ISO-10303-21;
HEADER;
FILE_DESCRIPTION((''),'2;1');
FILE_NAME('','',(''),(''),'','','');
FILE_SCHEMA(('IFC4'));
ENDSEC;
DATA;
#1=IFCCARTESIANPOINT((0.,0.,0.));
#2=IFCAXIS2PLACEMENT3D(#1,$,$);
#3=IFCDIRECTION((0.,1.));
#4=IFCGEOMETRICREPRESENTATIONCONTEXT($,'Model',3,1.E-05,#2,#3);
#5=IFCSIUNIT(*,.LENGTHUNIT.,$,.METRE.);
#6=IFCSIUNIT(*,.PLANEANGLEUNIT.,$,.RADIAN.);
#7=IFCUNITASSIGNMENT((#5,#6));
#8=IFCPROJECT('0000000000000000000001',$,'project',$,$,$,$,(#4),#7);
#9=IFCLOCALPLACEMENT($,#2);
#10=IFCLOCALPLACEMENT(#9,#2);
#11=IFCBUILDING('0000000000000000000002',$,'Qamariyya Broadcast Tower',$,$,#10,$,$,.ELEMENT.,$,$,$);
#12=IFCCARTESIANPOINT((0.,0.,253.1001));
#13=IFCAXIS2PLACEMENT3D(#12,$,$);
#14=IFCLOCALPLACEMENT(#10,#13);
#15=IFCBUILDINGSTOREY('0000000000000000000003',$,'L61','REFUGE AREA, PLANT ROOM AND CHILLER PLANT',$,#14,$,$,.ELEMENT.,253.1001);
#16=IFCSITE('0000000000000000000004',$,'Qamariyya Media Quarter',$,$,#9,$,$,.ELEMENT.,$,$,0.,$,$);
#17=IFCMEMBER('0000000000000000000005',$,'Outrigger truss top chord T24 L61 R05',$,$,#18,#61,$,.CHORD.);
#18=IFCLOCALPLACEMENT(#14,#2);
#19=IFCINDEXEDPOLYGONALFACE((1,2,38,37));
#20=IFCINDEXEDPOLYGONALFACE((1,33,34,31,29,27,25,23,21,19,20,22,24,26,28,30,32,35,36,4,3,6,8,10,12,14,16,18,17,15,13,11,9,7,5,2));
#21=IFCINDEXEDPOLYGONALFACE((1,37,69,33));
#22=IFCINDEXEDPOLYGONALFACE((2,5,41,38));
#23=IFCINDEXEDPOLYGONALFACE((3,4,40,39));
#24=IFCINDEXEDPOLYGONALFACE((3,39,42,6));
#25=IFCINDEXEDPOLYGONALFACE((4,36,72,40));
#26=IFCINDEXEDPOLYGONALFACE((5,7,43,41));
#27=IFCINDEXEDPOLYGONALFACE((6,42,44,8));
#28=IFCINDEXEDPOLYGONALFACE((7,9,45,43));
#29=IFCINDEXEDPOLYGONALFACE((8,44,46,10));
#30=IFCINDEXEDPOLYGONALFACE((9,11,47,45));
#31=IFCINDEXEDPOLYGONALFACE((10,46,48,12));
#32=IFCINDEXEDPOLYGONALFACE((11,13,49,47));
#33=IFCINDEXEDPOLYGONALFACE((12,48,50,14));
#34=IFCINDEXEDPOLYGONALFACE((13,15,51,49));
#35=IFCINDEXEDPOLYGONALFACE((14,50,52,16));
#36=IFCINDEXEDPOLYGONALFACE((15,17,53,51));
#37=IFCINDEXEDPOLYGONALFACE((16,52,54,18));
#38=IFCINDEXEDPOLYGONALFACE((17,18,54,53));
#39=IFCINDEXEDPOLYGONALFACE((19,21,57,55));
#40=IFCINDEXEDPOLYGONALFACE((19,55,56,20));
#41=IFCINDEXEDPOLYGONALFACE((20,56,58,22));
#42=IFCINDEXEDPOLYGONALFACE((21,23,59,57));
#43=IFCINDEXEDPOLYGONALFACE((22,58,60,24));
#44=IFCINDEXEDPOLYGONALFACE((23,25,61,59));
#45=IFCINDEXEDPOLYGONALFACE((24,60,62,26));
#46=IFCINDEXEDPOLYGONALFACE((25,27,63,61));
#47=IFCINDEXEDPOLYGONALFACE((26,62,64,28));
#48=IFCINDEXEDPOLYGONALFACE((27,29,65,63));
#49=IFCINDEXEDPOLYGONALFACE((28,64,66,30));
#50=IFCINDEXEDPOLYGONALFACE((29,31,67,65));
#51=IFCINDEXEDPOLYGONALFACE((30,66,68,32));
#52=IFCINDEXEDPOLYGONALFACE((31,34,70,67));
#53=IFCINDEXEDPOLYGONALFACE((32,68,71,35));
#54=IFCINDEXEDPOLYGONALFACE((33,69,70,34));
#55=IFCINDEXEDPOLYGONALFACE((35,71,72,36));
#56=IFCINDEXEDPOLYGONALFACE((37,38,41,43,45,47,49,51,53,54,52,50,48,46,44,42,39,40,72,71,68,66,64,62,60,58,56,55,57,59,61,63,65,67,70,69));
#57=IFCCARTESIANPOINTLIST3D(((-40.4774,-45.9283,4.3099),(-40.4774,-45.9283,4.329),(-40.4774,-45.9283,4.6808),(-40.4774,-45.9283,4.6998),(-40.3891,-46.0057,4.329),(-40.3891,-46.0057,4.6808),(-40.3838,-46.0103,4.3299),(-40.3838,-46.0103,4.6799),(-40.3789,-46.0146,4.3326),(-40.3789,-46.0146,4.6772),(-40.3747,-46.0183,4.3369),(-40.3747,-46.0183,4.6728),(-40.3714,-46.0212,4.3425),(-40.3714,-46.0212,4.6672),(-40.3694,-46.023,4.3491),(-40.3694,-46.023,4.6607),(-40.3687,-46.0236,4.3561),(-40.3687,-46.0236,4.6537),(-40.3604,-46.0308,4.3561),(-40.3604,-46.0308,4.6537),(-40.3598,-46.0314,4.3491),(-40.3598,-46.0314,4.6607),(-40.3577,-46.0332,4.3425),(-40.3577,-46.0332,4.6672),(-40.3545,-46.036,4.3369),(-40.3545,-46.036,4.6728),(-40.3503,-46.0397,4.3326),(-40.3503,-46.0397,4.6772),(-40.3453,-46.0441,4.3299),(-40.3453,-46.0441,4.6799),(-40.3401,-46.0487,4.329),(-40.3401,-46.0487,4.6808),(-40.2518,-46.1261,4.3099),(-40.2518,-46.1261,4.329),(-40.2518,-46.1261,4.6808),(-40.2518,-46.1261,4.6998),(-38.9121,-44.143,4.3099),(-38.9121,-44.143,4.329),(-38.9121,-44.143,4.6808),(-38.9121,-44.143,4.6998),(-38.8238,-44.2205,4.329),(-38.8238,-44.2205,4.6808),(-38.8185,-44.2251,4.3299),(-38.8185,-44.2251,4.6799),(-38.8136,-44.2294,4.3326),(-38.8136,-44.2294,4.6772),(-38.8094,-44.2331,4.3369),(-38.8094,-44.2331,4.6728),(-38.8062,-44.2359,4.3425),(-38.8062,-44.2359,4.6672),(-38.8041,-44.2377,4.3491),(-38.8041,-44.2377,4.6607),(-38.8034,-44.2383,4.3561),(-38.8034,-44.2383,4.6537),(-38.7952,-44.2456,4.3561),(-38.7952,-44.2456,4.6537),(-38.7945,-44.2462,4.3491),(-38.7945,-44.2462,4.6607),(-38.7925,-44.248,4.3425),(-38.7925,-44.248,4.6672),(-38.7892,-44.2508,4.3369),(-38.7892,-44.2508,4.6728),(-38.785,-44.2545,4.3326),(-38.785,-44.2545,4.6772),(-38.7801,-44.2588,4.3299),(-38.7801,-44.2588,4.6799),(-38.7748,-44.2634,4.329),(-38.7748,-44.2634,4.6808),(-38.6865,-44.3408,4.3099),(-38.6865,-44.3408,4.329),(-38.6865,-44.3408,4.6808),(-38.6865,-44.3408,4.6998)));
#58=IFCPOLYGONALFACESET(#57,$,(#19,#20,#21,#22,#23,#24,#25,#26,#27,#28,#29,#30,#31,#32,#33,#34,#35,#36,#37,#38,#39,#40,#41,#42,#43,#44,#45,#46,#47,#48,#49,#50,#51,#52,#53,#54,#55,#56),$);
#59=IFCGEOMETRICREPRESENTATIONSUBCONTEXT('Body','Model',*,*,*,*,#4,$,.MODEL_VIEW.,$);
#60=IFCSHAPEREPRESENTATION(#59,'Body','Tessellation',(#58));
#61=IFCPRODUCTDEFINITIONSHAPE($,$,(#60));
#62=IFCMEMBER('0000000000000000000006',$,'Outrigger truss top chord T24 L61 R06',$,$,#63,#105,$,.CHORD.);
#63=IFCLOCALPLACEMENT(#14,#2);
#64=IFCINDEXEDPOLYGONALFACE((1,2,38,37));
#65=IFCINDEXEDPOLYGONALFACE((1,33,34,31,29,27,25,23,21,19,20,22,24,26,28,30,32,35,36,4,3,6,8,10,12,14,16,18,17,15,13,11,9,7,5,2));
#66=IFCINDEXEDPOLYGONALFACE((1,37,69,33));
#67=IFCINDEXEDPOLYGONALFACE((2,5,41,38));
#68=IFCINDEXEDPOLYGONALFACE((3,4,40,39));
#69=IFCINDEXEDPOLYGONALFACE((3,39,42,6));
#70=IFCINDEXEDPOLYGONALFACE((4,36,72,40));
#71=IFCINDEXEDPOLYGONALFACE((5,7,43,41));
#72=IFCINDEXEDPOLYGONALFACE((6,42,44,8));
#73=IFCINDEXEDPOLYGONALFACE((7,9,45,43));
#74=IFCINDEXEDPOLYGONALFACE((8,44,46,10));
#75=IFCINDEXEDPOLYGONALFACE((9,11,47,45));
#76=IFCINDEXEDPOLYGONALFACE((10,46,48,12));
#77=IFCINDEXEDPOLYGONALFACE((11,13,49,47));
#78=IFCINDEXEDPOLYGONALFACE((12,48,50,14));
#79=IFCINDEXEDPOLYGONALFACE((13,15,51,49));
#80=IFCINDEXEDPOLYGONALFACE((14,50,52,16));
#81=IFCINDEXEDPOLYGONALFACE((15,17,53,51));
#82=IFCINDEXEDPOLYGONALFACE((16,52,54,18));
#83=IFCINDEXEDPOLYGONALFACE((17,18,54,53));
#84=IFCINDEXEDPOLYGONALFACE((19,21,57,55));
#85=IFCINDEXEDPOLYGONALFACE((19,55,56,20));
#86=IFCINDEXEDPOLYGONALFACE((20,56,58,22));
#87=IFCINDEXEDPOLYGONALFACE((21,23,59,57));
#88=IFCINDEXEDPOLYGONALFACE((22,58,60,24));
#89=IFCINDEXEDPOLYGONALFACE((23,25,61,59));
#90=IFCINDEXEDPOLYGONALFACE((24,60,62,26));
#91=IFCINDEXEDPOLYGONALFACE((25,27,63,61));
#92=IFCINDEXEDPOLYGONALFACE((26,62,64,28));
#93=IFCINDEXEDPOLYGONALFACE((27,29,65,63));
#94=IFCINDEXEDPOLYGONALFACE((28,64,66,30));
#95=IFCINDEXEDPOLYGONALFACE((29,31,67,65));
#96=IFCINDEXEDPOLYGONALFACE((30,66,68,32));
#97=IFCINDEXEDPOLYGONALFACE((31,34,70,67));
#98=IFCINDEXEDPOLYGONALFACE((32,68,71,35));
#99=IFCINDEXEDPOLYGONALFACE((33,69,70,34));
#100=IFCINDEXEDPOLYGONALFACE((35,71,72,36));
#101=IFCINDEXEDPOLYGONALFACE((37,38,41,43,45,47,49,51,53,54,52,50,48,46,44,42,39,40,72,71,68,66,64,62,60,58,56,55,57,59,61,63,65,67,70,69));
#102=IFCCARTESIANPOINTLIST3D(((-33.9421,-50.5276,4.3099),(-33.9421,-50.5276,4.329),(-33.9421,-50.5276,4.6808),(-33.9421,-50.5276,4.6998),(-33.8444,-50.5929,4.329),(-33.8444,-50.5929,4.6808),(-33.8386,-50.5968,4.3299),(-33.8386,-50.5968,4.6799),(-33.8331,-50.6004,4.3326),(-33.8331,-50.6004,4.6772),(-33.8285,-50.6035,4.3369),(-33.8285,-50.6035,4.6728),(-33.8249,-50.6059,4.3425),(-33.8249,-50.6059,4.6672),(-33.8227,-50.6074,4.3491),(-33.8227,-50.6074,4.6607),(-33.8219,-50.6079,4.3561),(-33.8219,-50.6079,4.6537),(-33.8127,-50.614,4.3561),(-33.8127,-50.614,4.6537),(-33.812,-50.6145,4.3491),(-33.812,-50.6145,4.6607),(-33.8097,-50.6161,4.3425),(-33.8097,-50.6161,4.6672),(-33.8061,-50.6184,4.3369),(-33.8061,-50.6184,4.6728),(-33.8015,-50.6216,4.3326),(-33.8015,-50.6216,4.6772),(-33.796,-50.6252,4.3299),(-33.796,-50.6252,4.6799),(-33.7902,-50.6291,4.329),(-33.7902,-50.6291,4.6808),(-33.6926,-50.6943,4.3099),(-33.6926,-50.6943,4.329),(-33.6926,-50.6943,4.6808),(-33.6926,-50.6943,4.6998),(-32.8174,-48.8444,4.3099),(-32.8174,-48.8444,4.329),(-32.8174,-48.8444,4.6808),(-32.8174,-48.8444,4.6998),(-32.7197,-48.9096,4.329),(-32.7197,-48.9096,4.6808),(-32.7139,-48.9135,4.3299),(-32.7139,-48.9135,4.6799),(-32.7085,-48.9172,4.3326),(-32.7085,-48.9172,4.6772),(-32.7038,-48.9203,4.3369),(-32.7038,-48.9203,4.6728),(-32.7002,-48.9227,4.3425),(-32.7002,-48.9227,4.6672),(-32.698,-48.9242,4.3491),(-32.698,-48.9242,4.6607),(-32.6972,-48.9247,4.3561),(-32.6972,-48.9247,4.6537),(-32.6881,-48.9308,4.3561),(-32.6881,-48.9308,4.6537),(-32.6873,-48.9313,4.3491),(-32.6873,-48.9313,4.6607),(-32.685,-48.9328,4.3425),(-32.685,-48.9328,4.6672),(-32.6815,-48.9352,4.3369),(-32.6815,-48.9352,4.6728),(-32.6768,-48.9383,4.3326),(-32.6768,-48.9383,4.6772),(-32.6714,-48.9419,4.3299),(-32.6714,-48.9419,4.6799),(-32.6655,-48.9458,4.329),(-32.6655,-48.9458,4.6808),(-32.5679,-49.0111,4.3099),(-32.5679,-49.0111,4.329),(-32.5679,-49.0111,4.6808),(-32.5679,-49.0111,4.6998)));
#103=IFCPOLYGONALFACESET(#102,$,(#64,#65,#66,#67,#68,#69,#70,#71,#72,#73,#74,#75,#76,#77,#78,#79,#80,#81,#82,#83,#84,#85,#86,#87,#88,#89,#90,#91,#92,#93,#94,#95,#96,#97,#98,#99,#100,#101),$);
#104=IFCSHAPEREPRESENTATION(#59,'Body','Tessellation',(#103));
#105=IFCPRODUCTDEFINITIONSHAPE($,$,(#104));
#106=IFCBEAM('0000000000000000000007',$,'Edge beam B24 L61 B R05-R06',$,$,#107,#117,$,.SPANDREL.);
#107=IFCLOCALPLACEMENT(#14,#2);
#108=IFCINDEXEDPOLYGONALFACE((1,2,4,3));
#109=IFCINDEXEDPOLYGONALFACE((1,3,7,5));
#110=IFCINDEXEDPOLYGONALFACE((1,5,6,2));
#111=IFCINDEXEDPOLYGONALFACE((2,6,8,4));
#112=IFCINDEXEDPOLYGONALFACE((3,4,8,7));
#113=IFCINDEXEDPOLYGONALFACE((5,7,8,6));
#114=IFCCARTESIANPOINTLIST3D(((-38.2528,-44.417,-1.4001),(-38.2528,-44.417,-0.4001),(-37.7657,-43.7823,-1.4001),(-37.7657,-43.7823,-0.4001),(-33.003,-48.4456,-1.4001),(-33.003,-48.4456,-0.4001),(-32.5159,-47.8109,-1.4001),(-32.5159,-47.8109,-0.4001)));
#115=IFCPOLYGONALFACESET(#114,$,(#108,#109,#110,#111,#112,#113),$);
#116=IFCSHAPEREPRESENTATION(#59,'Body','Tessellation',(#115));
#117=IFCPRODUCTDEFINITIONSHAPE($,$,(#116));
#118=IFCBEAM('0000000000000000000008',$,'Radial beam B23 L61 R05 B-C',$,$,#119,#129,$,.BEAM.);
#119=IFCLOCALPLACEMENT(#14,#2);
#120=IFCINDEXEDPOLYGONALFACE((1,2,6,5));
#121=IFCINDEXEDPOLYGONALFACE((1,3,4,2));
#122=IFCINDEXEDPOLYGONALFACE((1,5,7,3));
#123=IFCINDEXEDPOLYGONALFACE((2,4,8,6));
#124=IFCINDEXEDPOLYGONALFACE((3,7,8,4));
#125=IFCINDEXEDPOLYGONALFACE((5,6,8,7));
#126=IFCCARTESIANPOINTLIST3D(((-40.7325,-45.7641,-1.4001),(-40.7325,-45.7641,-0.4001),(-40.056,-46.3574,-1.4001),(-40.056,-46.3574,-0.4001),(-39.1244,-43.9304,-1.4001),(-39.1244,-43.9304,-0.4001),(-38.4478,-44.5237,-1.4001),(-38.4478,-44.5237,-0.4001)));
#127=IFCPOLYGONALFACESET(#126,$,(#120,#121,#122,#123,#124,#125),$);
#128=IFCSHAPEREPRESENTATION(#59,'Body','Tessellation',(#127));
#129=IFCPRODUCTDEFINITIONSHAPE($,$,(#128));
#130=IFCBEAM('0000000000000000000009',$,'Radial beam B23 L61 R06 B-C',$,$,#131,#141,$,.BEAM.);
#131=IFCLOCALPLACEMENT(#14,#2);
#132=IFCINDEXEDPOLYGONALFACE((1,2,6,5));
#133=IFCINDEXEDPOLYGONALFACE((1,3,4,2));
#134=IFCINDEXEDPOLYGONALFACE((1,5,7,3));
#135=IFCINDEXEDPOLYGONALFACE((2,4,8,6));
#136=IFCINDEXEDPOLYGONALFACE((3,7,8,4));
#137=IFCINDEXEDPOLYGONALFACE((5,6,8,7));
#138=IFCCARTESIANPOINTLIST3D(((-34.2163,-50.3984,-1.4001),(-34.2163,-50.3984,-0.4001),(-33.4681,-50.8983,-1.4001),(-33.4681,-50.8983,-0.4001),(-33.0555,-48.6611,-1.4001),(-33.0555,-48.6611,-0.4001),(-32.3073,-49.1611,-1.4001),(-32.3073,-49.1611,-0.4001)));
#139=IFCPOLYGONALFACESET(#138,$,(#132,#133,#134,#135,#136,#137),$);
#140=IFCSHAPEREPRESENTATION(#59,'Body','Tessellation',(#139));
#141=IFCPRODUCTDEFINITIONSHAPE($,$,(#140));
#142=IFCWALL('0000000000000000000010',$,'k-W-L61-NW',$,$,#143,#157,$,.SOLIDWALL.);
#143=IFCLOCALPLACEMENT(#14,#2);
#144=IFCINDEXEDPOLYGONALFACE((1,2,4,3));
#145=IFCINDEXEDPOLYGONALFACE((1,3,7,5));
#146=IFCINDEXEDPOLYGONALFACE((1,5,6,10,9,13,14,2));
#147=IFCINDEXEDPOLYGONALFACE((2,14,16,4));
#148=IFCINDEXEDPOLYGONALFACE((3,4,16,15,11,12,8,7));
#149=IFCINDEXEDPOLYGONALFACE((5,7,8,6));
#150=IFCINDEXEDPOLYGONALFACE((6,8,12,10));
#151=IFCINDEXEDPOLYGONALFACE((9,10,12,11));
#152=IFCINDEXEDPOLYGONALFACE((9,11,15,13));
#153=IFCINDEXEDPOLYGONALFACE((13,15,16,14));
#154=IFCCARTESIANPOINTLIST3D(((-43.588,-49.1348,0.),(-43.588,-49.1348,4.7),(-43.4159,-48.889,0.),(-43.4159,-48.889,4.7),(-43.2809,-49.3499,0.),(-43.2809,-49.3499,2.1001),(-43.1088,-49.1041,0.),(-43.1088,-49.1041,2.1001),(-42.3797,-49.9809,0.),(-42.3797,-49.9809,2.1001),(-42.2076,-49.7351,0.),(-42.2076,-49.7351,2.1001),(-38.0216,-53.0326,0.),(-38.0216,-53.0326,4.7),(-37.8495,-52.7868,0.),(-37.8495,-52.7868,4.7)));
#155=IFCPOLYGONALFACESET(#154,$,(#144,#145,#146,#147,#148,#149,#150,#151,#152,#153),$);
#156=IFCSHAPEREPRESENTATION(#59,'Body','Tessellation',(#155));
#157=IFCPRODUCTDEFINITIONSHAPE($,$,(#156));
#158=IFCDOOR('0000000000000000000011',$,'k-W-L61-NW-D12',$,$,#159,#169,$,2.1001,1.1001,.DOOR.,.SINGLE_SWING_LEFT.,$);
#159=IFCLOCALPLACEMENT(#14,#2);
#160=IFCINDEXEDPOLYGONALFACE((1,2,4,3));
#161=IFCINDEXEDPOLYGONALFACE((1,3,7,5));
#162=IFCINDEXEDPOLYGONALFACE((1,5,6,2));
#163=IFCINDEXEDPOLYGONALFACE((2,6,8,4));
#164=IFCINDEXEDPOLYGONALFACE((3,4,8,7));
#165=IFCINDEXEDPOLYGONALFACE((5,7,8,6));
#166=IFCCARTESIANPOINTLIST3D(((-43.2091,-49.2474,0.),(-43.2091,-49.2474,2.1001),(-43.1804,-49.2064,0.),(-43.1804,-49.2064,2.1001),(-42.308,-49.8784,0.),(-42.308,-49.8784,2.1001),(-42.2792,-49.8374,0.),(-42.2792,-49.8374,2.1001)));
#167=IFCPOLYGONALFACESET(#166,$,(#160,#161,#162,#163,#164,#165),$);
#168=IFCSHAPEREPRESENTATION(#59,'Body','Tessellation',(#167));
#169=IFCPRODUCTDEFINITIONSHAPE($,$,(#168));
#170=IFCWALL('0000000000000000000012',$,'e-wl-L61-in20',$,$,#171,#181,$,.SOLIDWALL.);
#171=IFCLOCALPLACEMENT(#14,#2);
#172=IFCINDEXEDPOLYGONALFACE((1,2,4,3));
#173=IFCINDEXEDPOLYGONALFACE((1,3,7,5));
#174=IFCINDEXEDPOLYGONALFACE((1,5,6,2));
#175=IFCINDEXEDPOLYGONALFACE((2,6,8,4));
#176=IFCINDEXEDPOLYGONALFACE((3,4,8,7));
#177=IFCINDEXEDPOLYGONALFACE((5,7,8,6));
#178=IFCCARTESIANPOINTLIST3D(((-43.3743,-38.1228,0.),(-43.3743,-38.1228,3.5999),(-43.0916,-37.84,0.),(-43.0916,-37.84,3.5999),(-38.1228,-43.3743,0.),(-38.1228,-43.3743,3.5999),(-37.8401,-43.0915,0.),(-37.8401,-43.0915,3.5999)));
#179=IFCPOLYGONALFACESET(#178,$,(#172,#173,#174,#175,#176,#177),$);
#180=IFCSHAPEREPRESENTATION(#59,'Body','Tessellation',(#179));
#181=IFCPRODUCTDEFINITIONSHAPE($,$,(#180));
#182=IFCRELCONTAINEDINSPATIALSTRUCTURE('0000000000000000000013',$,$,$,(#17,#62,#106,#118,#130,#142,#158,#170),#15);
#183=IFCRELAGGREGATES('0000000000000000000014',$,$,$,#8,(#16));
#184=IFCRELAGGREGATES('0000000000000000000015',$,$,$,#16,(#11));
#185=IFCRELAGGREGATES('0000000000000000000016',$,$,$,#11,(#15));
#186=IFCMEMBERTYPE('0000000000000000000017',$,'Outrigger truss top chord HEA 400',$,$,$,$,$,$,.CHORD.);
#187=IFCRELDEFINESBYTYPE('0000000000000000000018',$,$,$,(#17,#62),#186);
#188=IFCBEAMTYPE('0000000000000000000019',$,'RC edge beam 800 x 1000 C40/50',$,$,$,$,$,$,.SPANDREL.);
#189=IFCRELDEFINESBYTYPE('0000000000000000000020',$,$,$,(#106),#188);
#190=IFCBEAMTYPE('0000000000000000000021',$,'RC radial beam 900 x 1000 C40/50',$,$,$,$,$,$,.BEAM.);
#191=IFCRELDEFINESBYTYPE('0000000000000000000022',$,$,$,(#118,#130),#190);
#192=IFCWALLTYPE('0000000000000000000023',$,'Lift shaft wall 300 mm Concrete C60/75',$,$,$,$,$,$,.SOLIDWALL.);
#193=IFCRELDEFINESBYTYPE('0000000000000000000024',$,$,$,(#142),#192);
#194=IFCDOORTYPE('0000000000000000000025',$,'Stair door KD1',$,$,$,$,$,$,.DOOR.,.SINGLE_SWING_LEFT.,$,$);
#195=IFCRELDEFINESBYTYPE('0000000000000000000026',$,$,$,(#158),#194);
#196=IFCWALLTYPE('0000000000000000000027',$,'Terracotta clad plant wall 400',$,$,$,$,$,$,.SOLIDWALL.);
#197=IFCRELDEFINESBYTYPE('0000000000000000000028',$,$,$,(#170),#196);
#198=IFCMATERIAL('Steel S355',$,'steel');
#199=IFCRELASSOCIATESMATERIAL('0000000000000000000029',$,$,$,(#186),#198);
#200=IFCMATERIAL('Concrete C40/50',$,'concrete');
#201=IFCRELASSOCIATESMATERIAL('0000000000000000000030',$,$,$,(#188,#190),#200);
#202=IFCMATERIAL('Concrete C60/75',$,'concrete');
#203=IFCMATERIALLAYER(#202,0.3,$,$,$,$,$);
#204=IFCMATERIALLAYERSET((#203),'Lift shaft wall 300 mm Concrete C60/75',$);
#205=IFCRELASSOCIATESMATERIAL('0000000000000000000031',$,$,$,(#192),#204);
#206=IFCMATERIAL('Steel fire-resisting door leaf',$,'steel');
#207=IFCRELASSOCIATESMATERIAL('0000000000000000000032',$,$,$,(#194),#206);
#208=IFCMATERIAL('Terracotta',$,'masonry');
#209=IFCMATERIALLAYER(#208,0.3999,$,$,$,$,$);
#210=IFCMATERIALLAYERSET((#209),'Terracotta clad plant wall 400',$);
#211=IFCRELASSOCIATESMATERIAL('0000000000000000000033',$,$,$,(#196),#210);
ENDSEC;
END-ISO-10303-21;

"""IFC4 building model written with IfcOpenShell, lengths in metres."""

from ifc_helpers import new_model, si_unit, direction, frame, frame_2d, origin, origin_2d, place, context, subcontext, project, spatial, rectangle, i_section, extrude, material, layer, layer_set, material_profile, profile_set, type_object, element, fill, save


model = new_model("IFC4")

# Units and contexts
model_context = context("Model", 3, precision=1e-05, world=origin(), true_north=direction((0.0, 1.0)))
body_context = subcontext(model_context, "Body", "Model", "MODEL_VIEW")
ifc_project = project(units=[si_unit("LENGTHUNIT", "METRE"), si_unit("PLANEANGLEUNIT", "RADIAN")], contexts=[model_context])

# Site, building, storey
site_placement = place(None, origin())
site = spatial("IfcSite", under=ifc_project, at=site_placement, Name="Qamariyya Media Quarter", CompositionType="ELEMENT", RefElevation=0.0)
building_placement = place(site_placement, origin())
building = spatial("IfcBuilding", under=site, at=building_placement, Name="Qamariyya Broadcast Tower", CompositionType="ELEMENT")
storey_placement = place(building_placement, frame((0.0, 0.0, 253.1001)))
storey = spatial("IfcBuildingStorey", under=building, at=storey_placement, Name="L61", Description="REFUGE AREA, PLANT ROOM AND CHILLER PLANT", CompositionType="ELEMENT", Elevation=253.1001)

# Shared definitions
ifc_material_1 = material(Name="Concrete C60/75", Category="concrete")

# Members
ifc_material_2 = material(Name="Steel S355", Category="steel")
ifc_material_profile_1 = material_profile(ifc_material_2, i_section(OverallWidth=0.3, OverallDepth=0.3899, WebThickness=0.011, FlangeThickness=0.019, FilletRadius=0.0271, at=origin_2d()))
ifc_profile_set_1 = profile_set([ifc_material_profile_1], Name="Steel S355")
member_type_1 = type_object("IfcMemberType", Name="Outrigger truss top chord HEA 400", PredefinedType="CHORD", material=ifc_profile_set_1)
member_1_placement = place(storey_placement, frame((-38.7993, -44.2419, 4.5049), z_axis=(-0.659261, -0.751914, 0.0), x_axis=(0.751914, -0.659261, 0.0)))
element("IfcMember", 1, at=member_1_placement, inside=storey, type_object=member_type_1, Name="Outrigger truss top chord T24 L61 R05", PredefinedType="CHORD", context=body_context, shape_type="SweptSolid", body=[
    extrude(i_section(OverallWidth=0.3, OverallDepth=0.3899, WebThickness=0.011, FlangeThickness=0.019, FilletRadius=0.0271, at=origin_2d()), origin(), (0.0, 0.0, 1.0), 2.3743),
])
member_2_placement = place(storey_placement, frame((-32.6926, -48.9277, 4.5049), z_axis=(-0.555563, -0.831475, 0.0), x_axis=(0.831475, -0.555563, 0.0)))
element("IfcMember", 2, at=member_2_placement, inside=storey, type_object=member_type_1, Name="Outrigger truss top chord T24 L61 R06", PredefinedType="CHORD", context=body_context, shape_type="SweptSolid", body=[
    extrude(i_section(OverallWidth=0.3, OverallDepth=0.3899, WebThickness=0.011, FlangeThickness=0.019, FilletRadius=0.0271, at=origin_2d()), origin(), (0.0, 0.0, 1.0), 2.0244),
])

# Beams
ifc_material_3 = material(Name="Concrete C40/50", Category="concrete")
ifc_material_profile_2 = material_profile(ifc_material_3, rectangle(XDim=0.8, YDim=1.0, at=origin_2d()))
ifc_profile_set_2 = profile_set([ifc_material_profile_2], Name="Concrete C40/50")
beam_type_1 = type_object("IfcBeamType", Name="RC edge beam 800 x 1000 C40/50", PredefinedType="SPANDREL", material=ifc_profile_set_2)
beam_1_placement = place(storey_placement, frame((-38.0093, -44.0996, -0.9001), z_axis=(0.793333, -0.608789, 0.0), x_axis=(0.608789, 0.793333, 0.0)))
element("IfcBeam", 3, at=beam_1_placement, inside=storey, type_object=beam_type_1, Name="Edge beam B24 L61 B R05-R06", PredefinedType="SPANDREL", context=body_context, shape_type="SweptSolid", body=[
    extrude(rectangle(XDim=0.8, YDim=1.0, at=origin_2d()), origin(), (0.0, 0.0, 1.0), 6.6174),
])
ifc_material_profile_3 = material_profile(ifc_material_3, rectangle(XDim=0.8999, YDim=1.0, at=origin_2d()))
ifc_profile_set_3 = profile_set([ifc_material_profile_3], Name="Concrete C40/50")
beam_type_2 = type_object("IfcBeamType", Name="RC radial beam 900 x 1000 C40/50", PredefinedType="BEAM", material=ifc_profile_set_3)
beam_2_placement = place(storey_placement, frame((-38.7861, -44.2271, -0.9001), z_axis=(-0.659348, -0.751838, 0.0), x_axis=(0.751838, -0.659348, 0.0)))
element("IfcBeam", 4, at=beam_2_placement, inside=storey, type_object=beam_type_2, Name="Radial beam B23 L61 R05 B-C", PredefinedType="BEAM", context=body_context, shape_type="SweptSolid", body=[
    extrude(rectangle(XDim=0.8999, YDim=1.0, at=origin_2d()), origin(), (0.0, 0.0, 1.0), 2.439),
])
beam_3_placement = place(storey_placement, frame((-32.6814, -48.9111, -0.9001), z_axis=(-0.55559, -0.831457, 0.0), x_axis=(0.831457, -0.55559, 0.0)))
element("IfcBeam", 5, at=beam_3_placement, inside=storey, type_object=beam_type_2, Name="Radial beam B23 L61 R06 B-C", PredefinedType="BEAM", context=body_context, shape_type="SweptSolid", body=[
    extrude(rectangle(XDim=0.8999, YDim=1.0, at=origin_2d()), origin(), (0.0, 0.0, 1.0), 2.0894),
])

# Wall, opening, door
ifc_layer_1 = layer(ifc_material_1, 0.3)
ifc_layer_set_1 = layer_set([ifc_layer_1], Name="Lift shaft wall 300 mm Concrete C60/75")
wall_type_1 = type_object("IfcWallType", Name="Lift shaft wall 300 mm Concrete C60/75", PredefinedType="SOLIDWALL", material=ifc_layer_set_1)
wall_1_placement = place(storey_placement, frame((-37.9355, -52.9097, 0.0), z_axis=(0.0, 0.0, 1.0), x_axis=(-0.819148, 0.573583, 0.0)))
wall_1 = element("IfcWall", 6, at=wall_1_placement, inside=storey, type_object=wall_type_1, Name="k-W-L61-NW", PredefinedType="SOLIDWALL", context=body_context, shape_type="SweptSolid", body=[
    extrude(rectangle(XDim=6.7954, YDim=0.3, at=frame_2d((3.3977, 0.0))), origin(), (0.0, 0.0, 1.0), 4.7),
])
opening_placement = place(wall_1_placement, frame((5.3203, 0.0, 0.0)))
opening = element("IfcOpeningElement", 7, at=opening_placement, cuts=wall_1, PredefinedType="OPENING", context=body_context, shape_type="SweptSolid", body=[
    extrude(rectangle(XDim=1.1001, YDim=2.1001, at=frame_2d((0.55, 1.05))), frame((0.0, 0.1599, 0.0), z_axis=(0.0, -1.0, 0.0), x_axis=(1.0, 0.0, 0.0)), (0.0, 0.0, 1.0), 0.3201),
])
ifc_material_4 = material(Name="Steel fire-resisting door leaf", Category="steel")
door_type = type_object("IfcDoorType", Name="Stair door KD1", OperationType="SINGLE_SWING_LEFT", PredefinedType="DOOR", material=ifc_material_4)
door_placement = place(opening_placement, origin())
door = element("IfcDoor", 8, at=door_placement, inside=storey, type_object=door_type, Name="k-W-L61-NW-D12", OperationType="SINGLE_SWING_LEFT", OverallHeight=2.1001, OverallWidth=1.1001, PredefinedType="DOOR", context=body_context, shape_type="SweptSolid", body=[
    extrude(rectangle(XDim=1.1001, YDim=2.1001, at=frame_2d((0.55, 1.05))), frame((0.0, 0.0249, 0.0), z_axis=(0.0, -1.0, 0.0), x_axis=(1.0, 0.0, 0.0)), (0.0, 0.0, 1.0), 0.05),
])
fill(opening, door)

# Wall
ifc_material_5 = material(Name="Terracotta", Category="masonry")
ifc_layer_2 = layer(ifc_material_5, 0.3999)
ifc_layer_set_2 = layer_set([ifc_layer_2], Name="Terracotta clad plant wall 400")
wall_type_2 = type_object("IfcWallType", Name="Terracotta clad plant wall 400", PredefinedType="SOLIDWALL", material=ifc_layer_set_2)
wall_2_placement = place(storey_placement, frame((-37.9814, -43.2329, 0.0), z_axis=(0.0, 0.0, 1.0), x_axis=(-0.707107, 0.707107, 0.0)))
element("IfcWall", 9, at=wall_2_placement, inside=storey, type_object=wall_type_2, Name="e-wl-L61-in20", PredefinedType="SOLIDWALL", context=body_context, shape_type="SweptSolid", body=[
    extrude(rectangle(XDim=7.4268, YDim=0.3999, at=frame_2d((3.7134, 0.0))), origin(), (0.0, 0.0, 1.0), 3.5999),
])

save(model, "model.ifc")
